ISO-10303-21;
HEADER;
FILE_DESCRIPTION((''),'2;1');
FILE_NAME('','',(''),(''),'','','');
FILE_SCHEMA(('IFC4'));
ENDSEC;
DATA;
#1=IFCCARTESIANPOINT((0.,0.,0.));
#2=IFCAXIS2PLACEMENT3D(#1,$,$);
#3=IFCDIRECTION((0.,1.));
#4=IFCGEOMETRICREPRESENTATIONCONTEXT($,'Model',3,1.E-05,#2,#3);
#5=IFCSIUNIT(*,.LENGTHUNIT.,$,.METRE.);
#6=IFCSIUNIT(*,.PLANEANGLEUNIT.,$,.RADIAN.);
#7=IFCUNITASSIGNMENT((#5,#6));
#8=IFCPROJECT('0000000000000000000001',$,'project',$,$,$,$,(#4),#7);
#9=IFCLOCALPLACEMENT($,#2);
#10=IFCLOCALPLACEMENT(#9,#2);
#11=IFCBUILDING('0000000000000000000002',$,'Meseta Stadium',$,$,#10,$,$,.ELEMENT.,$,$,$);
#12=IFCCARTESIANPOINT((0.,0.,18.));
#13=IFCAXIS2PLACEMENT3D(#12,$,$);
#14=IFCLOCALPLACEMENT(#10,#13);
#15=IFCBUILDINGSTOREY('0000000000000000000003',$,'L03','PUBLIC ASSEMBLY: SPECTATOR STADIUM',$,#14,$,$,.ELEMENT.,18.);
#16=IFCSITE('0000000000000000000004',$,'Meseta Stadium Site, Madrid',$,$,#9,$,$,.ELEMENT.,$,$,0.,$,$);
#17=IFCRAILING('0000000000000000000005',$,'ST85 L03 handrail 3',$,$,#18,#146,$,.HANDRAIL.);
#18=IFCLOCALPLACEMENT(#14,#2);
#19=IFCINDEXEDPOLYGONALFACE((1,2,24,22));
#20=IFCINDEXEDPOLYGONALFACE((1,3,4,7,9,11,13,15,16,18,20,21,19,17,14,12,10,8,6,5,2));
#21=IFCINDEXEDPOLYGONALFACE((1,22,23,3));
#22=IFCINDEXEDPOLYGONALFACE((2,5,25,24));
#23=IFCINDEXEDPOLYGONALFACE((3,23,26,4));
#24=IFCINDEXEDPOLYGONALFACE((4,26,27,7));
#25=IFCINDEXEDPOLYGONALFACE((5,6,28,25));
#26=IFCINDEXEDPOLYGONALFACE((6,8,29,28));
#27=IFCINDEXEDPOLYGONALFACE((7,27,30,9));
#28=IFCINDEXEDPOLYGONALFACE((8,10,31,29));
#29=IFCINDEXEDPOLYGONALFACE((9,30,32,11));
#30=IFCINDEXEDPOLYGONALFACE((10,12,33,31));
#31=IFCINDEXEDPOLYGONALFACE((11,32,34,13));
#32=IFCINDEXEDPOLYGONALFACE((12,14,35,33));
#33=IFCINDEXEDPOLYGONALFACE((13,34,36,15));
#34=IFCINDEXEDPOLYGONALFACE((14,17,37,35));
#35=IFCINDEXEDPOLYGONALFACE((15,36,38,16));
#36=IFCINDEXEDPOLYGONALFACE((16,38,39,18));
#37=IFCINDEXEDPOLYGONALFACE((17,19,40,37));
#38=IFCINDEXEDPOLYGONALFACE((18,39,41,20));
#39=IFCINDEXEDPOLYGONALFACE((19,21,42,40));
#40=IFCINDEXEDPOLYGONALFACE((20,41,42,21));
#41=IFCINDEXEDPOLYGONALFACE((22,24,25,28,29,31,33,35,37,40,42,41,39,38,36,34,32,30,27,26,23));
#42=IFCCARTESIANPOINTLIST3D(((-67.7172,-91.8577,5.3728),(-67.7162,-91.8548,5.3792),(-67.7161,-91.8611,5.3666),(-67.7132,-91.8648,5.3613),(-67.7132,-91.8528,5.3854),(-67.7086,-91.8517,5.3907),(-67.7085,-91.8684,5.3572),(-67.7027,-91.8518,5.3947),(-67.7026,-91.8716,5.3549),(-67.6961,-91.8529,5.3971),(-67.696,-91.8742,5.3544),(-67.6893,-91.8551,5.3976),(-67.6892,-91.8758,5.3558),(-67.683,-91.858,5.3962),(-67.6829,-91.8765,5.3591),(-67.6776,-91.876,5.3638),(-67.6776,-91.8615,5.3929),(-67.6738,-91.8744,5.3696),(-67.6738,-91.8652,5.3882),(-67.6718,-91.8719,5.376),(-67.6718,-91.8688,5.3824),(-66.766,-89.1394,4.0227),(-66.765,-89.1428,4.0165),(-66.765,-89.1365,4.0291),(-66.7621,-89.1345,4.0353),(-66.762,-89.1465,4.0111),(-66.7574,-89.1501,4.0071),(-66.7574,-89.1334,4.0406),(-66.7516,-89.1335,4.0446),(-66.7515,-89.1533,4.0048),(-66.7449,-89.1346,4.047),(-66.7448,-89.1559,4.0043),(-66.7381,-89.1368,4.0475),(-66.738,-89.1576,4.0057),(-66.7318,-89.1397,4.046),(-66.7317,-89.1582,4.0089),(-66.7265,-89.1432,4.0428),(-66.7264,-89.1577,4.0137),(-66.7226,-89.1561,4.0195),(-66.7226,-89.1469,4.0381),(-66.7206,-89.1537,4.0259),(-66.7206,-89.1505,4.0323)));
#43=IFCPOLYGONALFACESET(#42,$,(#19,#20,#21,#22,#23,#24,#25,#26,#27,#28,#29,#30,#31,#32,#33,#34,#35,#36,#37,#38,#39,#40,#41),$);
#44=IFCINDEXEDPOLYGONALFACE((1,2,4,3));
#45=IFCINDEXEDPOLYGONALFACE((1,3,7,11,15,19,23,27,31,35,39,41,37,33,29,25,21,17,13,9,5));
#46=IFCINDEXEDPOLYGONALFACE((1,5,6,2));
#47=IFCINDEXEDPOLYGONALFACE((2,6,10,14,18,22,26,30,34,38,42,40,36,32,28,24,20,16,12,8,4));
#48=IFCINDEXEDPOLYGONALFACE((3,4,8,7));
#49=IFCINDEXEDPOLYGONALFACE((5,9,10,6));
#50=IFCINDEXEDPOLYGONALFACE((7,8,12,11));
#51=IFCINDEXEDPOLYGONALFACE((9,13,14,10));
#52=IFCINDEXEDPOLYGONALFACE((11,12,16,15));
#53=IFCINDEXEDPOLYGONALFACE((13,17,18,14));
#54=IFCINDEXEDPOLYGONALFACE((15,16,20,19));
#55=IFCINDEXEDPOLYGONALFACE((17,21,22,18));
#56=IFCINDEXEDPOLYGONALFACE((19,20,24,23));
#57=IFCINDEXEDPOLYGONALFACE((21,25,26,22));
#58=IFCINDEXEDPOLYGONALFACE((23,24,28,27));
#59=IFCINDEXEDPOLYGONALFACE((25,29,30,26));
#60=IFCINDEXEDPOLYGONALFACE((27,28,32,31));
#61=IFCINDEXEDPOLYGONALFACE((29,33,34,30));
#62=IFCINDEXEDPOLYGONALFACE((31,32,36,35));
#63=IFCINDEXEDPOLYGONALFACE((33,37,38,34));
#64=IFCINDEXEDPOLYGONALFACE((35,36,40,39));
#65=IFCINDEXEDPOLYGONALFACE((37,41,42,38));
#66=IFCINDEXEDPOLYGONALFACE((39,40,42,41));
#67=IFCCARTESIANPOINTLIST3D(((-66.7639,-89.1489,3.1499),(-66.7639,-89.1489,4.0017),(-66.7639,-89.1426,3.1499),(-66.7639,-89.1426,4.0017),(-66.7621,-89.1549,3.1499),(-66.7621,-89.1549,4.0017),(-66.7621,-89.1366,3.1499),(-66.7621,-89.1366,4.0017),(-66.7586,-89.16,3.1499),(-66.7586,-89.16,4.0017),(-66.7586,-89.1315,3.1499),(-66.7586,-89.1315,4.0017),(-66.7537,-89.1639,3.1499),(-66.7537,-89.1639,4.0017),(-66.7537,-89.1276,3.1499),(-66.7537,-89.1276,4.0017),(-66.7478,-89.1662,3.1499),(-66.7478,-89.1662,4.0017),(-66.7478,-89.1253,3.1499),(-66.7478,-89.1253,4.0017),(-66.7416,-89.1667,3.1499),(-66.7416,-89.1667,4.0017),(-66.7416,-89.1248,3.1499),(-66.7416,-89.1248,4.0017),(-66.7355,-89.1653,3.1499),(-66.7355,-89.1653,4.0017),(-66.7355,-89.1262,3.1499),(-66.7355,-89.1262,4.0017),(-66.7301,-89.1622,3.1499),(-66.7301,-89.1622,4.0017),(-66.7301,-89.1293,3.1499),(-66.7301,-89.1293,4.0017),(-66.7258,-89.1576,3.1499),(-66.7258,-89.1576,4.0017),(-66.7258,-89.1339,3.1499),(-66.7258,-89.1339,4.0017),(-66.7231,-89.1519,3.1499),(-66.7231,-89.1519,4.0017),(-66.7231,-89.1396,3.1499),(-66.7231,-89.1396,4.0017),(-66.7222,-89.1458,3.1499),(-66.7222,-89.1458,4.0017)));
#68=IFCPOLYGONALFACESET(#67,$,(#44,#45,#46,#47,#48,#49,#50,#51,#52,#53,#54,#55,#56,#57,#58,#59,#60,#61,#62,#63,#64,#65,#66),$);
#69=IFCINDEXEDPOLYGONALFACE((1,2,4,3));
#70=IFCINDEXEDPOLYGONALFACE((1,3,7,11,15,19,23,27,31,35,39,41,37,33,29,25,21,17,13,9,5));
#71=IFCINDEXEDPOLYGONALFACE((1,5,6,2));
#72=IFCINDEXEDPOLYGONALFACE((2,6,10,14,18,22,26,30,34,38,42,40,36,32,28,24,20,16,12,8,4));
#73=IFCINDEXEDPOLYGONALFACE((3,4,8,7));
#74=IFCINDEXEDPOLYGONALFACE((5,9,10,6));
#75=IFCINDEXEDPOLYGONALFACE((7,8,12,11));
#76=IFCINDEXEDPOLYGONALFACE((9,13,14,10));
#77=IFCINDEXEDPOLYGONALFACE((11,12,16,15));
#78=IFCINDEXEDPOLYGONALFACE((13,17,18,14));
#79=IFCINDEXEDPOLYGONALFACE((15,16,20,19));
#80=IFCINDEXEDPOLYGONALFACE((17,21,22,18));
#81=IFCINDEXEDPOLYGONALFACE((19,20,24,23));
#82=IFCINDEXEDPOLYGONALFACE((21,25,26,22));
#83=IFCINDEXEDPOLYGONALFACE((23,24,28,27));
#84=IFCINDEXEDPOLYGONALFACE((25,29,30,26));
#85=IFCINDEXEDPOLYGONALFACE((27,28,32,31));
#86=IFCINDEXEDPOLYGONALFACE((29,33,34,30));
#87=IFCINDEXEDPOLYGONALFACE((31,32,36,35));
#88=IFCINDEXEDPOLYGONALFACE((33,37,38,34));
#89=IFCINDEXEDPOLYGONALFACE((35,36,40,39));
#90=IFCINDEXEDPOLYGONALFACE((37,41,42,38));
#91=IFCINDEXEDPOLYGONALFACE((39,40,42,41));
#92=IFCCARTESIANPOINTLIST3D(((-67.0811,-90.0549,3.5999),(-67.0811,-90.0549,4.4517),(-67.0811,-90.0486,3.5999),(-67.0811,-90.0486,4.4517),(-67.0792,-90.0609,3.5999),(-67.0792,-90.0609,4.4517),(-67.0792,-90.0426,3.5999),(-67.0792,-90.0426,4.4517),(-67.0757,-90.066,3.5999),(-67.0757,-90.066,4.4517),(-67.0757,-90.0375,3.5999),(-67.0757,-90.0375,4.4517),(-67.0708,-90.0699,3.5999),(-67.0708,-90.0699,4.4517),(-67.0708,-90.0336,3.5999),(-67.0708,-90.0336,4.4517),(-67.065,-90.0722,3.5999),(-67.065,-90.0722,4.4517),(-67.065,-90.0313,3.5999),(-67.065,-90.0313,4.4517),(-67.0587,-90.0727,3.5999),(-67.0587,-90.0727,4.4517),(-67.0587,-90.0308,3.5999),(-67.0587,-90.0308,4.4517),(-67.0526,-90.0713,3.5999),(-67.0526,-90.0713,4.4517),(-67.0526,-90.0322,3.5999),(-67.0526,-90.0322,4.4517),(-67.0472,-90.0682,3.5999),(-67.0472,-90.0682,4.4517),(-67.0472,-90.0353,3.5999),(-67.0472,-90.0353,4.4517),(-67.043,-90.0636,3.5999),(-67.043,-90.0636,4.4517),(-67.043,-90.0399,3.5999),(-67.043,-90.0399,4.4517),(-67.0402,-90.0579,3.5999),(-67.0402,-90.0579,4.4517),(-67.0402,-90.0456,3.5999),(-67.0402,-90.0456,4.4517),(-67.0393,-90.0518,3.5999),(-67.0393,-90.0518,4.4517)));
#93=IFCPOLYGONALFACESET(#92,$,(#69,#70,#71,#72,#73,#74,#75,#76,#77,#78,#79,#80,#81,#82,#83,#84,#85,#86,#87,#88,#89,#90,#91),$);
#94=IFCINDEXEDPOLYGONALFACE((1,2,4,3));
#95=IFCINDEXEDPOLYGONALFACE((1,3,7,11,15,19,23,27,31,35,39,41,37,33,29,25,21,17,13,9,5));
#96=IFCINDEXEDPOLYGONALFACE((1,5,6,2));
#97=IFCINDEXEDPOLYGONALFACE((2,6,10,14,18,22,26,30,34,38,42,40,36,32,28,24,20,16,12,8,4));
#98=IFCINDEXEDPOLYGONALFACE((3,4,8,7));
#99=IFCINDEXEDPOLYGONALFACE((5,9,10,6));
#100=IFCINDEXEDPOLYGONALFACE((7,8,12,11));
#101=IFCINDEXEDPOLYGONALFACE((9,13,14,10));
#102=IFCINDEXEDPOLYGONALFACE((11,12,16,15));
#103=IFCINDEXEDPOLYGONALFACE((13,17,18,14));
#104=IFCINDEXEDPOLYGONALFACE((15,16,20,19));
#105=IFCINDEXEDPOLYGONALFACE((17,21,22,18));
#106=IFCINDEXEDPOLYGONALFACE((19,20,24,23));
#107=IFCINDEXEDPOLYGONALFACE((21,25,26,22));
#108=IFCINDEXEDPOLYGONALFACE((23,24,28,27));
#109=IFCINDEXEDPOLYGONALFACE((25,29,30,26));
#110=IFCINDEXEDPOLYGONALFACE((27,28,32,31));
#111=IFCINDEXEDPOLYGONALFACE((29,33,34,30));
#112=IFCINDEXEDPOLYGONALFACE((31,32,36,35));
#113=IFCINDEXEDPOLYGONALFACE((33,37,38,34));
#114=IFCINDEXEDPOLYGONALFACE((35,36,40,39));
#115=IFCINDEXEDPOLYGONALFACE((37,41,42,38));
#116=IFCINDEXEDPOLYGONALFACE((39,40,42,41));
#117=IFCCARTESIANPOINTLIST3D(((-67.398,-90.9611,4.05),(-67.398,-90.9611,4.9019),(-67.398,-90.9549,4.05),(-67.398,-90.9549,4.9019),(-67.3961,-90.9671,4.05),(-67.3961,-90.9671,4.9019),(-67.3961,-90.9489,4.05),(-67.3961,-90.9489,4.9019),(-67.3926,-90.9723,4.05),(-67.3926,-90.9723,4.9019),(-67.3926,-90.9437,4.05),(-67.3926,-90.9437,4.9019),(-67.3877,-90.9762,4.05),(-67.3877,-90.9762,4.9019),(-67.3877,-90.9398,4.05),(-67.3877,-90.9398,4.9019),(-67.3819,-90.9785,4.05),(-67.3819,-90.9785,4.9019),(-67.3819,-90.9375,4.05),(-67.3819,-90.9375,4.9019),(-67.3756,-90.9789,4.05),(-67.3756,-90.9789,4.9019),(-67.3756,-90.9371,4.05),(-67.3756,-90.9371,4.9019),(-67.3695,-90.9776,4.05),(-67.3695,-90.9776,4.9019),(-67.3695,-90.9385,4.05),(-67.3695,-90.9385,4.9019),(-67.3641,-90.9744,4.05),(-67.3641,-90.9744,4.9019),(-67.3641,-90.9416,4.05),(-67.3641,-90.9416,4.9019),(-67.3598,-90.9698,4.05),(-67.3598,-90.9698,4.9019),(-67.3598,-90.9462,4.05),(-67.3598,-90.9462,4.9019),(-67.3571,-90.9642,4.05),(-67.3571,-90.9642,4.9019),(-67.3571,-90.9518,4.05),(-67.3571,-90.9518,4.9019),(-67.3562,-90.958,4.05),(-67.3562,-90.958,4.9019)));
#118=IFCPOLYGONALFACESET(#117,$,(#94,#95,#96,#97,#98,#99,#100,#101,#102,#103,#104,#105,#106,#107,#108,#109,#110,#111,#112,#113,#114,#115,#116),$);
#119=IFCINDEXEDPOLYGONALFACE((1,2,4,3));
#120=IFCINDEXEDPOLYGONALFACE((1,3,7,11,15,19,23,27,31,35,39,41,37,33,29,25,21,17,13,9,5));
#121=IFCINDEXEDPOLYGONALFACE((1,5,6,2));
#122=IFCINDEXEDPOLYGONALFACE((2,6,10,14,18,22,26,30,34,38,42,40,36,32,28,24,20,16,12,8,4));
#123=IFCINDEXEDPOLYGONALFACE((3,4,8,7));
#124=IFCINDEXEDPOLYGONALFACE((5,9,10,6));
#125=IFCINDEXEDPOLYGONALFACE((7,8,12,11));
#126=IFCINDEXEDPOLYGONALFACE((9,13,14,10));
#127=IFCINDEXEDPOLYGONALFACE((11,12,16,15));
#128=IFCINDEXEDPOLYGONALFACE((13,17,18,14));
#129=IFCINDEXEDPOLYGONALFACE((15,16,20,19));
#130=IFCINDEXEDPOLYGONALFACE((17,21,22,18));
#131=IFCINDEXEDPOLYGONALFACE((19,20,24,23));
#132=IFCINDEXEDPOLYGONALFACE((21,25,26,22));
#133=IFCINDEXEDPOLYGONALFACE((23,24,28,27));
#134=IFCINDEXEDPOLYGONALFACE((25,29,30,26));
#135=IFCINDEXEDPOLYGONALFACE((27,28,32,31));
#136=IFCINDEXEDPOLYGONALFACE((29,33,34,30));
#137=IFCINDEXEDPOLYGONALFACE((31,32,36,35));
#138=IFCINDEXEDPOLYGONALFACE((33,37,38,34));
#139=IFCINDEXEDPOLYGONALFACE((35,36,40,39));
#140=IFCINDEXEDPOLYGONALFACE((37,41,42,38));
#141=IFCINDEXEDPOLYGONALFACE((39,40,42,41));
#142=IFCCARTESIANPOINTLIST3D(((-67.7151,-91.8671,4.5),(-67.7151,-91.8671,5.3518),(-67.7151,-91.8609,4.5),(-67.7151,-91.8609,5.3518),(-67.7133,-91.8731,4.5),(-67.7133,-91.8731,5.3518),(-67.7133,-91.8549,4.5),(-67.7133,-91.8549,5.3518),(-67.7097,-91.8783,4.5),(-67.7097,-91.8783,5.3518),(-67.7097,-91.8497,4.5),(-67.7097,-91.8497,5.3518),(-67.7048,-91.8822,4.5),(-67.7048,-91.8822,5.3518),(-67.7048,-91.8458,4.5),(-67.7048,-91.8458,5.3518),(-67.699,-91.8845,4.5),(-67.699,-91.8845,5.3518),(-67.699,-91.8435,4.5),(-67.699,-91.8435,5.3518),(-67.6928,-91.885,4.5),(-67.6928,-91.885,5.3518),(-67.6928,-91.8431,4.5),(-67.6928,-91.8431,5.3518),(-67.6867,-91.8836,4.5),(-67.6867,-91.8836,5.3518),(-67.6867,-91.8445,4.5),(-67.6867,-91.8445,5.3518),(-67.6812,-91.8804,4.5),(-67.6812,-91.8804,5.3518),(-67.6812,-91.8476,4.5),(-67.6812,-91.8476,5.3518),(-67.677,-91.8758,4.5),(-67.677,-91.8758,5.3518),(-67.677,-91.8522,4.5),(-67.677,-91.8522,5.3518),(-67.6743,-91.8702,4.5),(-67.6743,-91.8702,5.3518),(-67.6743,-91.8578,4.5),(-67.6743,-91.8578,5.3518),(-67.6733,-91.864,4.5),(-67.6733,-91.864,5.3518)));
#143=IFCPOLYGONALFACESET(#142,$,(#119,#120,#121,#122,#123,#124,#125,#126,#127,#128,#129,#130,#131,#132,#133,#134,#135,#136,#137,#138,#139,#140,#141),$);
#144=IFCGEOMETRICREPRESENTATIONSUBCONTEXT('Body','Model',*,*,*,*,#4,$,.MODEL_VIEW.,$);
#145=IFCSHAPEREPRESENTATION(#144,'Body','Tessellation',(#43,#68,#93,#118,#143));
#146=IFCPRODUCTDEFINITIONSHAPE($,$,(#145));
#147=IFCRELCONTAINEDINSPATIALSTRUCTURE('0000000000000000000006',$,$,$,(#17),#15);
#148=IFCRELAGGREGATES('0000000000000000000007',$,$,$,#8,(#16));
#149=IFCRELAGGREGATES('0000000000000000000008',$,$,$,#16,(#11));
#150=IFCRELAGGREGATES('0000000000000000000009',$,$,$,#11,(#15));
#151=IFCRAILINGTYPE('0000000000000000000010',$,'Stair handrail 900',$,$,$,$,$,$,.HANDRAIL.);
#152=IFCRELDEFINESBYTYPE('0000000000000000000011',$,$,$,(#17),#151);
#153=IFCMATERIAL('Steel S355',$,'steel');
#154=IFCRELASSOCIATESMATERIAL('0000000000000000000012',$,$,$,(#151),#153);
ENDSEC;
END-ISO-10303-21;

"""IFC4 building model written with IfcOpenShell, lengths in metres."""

from ifc_helpers import new_model, si_unit, direction, frame, origin, origin_2d, place, context, subcontext, project, spatial, circle, extrude, material, type_object, element, save


model = new_model("IFC4")

# Units and contexts
model_context = context("Model", 3, precision=1e-05, world=origin(), true_north=direction((0.0, 1.0)))
body_context = subcontext(model_context, "Body", "Model", "MODEL_VIEW")
ifc_project = project(units=[si_unit("LENGTHUNIT", "METRE"), si_unit("PLANEANGLEUNIT", "RADIAN")], contexts=[model_context])

# Site, building, storey
site_placement = place(None, origin())
site = spatial("IfcSite", under=ifc_project, at=site_placement, Name="Meseta Stadium Site, Madrid", CompositionType="ELEMENT", RefElevation=0.0)
building_placement = place(site_placement, origin())
building = spatial("IfcBuilding", under=site, at=building_placement, Name="Meseta Stadium", CompositionType="ELEMENT")
storey_placement = place(building_placement, frame((0.0, 0.0, 18.0)))
storey = spatial("IfcBuildingStorey", under=building, at=storey_placement, Name="L03", Description="PUBLIC ASSEMBLY: SPECTATOR STADIUM", CompositionType="ELEMENT", Elevation=18.0)

# Railing
ifc_material_1 = material(Name="Steel S355", Category="steel")
railing_type = type_object("IfcRailingType", Name="Stair handrail 900", PredefinedType="HANDRAIL", material=ifc_material_1)
for number, where, name in (
    (1, (-66.7432, -89.1458, 3.1499), "ST85 L03 handrail 3"),
):
    element("IfcRailing", number, at=place(storey_placement, frame(where)), inside=storey, type_object=railing_type, Name=name, PredefinedType="HANDRAIL", context=body_context, shape_type="SweptSolid", body=[
        extrude(circle(Radius=0.0239, at=origin_2d()), frame((0.0, 0.0, 0.876), z_axis=(-0.299051, -0.854629, 0.424474), x_axis=(0.943882, -0.330282, 0.0)), (0.0, 0.0, 1.0), 3.1807),
        extrude(circle(Radius=0.021, at=origin_2d()), origin(), (0.0, 0.0, 1.0), 0.8518),
        extrude(circle(Radius=0.021, at=origin_2d()), frame((-0.3171, -0.906, 0.45)), (0.0, 0.0, 1.0), 0.8518),
        extrude(circle(Radius=0.021, at=origin_2d()), frame((-0.634, -1.8123, 0.9001)), (0.0, 0.0, 1.0), 0.8518),
        extrude(circle(Radius=0.021, at=origin_2d()), frame((-0.9512, -2.7183, 1.3501)), (0.0, 0.0, 1.0), 0.8518),
    ])

save(model, "model.ifc")
